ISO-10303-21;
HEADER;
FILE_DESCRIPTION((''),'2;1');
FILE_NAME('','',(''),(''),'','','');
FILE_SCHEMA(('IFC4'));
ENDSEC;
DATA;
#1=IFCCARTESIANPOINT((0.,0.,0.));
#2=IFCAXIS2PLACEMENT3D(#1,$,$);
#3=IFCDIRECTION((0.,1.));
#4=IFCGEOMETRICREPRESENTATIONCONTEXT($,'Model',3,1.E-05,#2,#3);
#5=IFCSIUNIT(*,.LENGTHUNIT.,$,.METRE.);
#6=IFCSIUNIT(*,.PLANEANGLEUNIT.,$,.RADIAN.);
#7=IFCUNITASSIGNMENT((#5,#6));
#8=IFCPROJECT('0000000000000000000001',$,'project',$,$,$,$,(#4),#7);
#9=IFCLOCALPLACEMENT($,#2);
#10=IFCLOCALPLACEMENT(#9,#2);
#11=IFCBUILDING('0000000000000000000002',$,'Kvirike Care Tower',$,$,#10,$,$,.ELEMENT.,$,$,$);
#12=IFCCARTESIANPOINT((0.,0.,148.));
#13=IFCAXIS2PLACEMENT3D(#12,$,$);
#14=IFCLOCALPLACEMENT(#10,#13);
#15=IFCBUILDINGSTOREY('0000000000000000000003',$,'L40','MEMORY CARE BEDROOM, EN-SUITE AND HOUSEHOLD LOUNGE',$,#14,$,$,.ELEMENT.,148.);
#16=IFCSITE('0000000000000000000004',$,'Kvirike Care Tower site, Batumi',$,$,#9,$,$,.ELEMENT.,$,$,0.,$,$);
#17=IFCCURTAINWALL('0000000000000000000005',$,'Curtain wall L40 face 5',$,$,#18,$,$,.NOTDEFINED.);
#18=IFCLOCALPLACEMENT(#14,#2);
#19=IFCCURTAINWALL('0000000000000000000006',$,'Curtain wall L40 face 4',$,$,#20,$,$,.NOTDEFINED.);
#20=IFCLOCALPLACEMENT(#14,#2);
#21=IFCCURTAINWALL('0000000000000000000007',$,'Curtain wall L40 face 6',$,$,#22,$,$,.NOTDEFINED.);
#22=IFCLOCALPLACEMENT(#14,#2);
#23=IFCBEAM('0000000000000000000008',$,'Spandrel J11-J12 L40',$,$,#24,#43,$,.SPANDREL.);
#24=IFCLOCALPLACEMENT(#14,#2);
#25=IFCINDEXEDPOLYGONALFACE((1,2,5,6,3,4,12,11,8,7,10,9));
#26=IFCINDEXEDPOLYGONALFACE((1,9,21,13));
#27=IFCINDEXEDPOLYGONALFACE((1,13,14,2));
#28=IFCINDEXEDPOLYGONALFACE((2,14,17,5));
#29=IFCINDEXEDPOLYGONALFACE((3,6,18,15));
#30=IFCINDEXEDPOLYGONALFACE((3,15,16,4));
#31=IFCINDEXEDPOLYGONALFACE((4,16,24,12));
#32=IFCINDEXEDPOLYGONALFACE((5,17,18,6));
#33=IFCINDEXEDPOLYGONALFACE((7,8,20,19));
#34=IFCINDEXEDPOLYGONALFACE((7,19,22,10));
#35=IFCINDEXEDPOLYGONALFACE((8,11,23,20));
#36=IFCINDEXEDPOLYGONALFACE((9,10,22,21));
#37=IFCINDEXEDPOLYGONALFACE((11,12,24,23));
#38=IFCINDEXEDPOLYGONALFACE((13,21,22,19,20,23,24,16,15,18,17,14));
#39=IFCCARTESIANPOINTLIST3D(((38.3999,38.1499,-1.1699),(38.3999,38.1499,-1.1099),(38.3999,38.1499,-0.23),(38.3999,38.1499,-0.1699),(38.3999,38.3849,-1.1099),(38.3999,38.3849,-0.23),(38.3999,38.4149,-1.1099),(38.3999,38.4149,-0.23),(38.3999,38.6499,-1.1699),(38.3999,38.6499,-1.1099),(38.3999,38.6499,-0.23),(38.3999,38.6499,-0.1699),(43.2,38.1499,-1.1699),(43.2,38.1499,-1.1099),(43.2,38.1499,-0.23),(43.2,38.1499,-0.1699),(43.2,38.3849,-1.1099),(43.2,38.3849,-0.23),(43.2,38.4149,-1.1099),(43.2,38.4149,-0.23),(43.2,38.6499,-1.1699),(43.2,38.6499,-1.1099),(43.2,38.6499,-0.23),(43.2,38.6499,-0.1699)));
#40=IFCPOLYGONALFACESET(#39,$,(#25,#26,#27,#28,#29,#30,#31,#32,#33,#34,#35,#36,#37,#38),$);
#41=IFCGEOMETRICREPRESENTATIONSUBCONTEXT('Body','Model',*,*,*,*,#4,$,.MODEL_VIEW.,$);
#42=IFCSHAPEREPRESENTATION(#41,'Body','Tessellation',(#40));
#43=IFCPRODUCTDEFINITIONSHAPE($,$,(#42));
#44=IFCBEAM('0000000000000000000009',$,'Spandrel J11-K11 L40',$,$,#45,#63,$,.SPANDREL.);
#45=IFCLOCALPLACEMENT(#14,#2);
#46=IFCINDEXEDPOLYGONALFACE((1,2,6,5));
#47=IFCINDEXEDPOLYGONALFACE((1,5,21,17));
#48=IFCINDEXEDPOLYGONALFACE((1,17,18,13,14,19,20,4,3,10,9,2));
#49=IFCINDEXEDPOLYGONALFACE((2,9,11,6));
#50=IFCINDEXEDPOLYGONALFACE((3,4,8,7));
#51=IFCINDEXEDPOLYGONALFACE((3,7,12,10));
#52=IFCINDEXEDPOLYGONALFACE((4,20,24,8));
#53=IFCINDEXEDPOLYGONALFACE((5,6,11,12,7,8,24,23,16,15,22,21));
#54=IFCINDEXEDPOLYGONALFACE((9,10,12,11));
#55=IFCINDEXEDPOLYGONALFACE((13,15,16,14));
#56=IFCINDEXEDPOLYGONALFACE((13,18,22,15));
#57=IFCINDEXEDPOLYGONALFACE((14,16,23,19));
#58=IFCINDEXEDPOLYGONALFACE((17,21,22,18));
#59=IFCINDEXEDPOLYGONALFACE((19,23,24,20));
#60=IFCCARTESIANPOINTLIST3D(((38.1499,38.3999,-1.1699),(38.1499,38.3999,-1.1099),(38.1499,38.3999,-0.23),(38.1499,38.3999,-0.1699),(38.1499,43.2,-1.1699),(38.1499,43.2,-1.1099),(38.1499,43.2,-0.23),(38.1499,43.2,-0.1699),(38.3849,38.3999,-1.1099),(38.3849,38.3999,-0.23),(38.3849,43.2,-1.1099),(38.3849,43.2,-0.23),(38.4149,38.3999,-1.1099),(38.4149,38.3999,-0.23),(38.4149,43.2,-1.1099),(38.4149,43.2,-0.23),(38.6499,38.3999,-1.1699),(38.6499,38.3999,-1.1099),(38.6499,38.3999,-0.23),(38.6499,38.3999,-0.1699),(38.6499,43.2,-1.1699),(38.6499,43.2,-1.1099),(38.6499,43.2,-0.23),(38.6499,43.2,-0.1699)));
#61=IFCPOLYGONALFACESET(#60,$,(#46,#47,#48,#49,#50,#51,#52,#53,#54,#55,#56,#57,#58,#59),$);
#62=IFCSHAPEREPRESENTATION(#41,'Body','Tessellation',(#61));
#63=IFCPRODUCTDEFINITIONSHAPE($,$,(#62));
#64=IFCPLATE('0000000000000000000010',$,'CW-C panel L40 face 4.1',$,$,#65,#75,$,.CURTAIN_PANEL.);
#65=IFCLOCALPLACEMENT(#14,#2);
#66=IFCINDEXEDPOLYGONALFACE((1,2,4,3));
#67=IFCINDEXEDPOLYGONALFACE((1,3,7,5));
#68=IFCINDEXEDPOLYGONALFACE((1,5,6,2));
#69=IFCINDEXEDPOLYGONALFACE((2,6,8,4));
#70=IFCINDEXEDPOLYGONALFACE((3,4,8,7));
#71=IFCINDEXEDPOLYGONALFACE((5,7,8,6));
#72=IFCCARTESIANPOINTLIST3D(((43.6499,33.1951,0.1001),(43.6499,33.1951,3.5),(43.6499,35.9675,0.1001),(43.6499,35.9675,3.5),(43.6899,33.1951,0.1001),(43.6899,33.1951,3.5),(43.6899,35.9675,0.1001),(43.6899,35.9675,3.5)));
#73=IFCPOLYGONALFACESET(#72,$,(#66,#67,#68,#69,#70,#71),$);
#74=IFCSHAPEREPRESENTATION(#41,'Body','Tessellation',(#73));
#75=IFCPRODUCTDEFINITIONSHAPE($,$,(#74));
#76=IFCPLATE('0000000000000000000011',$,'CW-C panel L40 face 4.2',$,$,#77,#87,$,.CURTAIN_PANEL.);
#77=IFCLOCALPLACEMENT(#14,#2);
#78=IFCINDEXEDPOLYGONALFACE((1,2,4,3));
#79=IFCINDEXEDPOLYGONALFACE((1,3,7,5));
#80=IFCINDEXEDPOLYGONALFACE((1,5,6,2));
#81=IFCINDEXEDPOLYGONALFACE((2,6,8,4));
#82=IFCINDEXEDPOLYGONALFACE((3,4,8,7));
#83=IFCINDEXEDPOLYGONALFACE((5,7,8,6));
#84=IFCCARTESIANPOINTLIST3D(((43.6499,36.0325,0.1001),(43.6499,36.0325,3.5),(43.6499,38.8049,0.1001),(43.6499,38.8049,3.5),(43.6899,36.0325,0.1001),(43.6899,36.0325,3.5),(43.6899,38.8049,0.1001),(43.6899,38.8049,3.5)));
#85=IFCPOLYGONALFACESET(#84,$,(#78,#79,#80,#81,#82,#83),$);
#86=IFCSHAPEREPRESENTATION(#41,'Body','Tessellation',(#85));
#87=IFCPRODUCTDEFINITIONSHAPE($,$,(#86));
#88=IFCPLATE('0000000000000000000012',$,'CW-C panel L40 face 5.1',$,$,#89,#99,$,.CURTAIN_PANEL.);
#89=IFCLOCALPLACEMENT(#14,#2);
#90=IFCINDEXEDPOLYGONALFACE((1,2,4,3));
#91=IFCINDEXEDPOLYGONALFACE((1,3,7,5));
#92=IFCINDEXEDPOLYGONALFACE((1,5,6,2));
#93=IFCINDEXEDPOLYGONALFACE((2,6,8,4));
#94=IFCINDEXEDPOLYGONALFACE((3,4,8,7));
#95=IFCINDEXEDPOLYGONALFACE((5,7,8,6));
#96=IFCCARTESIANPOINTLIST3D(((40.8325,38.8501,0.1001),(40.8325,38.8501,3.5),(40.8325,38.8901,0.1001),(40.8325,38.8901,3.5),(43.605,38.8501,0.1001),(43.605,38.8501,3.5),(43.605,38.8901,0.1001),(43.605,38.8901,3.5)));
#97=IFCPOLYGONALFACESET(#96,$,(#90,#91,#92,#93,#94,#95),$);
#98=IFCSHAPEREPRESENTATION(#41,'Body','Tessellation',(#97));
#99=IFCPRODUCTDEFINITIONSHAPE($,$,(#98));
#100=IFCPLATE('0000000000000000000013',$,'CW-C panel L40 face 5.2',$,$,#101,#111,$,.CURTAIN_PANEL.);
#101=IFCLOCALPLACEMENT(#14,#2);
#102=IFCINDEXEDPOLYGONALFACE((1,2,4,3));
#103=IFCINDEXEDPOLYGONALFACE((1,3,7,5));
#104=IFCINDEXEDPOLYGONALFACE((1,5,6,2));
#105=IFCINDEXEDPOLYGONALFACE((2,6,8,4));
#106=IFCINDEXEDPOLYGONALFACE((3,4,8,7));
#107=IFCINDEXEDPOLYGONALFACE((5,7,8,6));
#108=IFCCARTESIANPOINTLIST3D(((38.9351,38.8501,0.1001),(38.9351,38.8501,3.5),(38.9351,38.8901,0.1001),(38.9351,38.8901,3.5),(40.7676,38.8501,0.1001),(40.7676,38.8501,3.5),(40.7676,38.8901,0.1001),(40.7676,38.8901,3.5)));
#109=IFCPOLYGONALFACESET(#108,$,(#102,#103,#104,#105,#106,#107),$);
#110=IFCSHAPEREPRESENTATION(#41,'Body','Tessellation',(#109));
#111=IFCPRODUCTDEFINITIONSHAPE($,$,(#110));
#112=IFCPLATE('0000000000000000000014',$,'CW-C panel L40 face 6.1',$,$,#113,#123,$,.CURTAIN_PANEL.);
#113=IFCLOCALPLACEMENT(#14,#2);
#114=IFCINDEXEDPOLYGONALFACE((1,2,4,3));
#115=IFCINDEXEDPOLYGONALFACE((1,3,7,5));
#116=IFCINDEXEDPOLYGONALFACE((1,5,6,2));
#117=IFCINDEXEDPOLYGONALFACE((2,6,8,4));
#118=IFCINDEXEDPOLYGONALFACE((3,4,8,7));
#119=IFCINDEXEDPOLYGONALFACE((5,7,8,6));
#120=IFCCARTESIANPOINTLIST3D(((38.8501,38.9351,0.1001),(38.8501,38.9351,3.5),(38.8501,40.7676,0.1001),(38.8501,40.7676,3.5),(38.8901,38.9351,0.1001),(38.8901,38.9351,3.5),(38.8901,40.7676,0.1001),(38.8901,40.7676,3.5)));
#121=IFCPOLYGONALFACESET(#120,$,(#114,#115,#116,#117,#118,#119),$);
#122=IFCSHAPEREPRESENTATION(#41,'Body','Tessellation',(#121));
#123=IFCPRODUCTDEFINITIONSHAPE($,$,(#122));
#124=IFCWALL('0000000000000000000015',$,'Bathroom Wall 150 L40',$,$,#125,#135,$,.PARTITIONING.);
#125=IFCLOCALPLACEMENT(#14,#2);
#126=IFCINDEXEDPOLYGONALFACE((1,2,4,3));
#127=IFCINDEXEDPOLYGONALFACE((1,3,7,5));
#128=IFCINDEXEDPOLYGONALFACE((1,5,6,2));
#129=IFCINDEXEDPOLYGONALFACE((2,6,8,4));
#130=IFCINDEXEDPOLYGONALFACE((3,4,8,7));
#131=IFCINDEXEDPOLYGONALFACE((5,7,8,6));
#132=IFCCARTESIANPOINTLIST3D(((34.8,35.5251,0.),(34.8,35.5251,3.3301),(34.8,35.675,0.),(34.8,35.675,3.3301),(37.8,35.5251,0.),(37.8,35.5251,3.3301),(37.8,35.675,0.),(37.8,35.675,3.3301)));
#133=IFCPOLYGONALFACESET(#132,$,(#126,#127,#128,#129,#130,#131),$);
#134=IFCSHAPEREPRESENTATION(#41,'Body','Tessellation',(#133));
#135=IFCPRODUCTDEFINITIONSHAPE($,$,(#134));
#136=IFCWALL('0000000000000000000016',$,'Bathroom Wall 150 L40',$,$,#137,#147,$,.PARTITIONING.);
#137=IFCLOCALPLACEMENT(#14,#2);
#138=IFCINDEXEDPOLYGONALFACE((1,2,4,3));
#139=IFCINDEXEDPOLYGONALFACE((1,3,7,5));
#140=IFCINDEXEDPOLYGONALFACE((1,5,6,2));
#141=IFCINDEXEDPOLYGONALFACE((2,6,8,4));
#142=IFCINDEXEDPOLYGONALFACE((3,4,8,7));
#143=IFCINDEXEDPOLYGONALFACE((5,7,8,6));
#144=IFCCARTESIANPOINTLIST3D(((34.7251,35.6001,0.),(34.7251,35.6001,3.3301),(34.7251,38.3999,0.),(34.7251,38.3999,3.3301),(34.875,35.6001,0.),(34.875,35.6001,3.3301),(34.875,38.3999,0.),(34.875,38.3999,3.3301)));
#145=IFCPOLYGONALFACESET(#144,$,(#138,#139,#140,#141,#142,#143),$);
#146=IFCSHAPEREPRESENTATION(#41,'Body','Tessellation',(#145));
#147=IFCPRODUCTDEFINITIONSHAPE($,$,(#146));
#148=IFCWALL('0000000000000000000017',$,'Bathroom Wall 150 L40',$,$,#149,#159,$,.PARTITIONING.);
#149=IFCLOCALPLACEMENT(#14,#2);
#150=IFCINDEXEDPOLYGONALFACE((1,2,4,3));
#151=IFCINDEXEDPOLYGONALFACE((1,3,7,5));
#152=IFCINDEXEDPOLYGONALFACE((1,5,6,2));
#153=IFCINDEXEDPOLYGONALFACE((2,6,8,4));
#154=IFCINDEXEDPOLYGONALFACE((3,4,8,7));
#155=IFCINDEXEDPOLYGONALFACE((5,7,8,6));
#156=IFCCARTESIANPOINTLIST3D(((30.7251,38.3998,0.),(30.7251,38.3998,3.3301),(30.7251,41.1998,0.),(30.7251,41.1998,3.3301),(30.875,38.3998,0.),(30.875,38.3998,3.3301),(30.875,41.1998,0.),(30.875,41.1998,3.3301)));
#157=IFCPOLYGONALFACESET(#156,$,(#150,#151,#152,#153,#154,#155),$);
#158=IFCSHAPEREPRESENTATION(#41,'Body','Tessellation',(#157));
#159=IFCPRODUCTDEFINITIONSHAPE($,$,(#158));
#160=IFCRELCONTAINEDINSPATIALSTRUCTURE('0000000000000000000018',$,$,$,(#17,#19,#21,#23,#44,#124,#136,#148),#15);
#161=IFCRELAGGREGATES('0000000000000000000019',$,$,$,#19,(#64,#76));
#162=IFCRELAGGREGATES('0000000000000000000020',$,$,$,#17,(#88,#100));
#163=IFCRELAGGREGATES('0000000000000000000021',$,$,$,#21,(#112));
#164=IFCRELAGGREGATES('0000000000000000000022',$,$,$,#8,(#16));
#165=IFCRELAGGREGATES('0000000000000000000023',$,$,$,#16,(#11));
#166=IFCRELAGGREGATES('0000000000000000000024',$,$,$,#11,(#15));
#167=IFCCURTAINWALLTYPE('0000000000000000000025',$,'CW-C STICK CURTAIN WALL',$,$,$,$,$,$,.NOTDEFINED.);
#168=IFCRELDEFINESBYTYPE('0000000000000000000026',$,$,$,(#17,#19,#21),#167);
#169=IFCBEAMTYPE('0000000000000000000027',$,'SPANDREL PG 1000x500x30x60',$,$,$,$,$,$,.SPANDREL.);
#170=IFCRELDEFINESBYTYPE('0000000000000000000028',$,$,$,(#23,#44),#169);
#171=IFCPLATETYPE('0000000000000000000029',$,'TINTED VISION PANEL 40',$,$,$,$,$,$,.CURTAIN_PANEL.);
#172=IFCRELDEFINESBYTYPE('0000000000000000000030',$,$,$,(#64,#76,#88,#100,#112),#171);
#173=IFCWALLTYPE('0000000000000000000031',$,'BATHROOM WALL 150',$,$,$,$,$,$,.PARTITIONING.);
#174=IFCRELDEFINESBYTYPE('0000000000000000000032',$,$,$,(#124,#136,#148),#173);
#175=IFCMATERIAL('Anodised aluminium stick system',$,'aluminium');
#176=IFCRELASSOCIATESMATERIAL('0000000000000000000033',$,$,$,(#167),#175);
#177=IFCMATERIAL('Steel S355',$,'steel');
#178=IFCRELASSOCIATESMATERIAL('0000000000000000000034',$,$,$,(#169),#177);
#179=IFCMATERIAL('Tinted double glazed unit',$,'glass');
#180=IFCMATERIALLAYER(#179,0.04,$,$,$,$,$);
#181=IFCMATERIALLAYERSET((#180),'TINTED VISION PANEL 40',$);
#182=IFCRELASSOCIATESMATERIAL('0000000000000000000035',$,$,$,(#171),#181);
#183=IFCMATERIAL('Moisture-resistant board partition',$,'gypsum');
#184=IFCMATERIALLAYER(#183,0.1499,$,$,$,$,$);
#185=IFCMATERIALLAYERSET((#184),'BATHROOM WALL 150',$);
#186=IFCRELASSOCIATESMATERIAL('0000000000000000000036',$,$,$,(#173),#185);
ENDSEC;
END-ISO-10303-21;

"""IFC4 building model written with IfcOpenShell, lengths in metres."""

from ifc_helpers import new_model, si_unit, direction, frame, frame_2d, origin, origin_2d, place, context, subcontext, project, spatial, rectangle, i_section, extrude, material, layer, layer_set, material_profile, profile_set, type_object, element, aggregate, save


model = new_model("IFC4")

# Units and contexts
model_context = context("Model", 3, precision=1e-05, world=origin(), true_north=direction((0.0, 1.0)))
body_context = subcontext(model_context, "Body", "Model", "MODEL_VIEW")
ifc_project = project(units=[si_unit("LENGTHUNIT", "METRE"), si_unit("PLANEANGLEUNIT", "RADIAN")], contexts=[model_context])

# Site, building, storey
site_placement = place(None, origin())
site = spatial("IfcSite", under=ifc_project, at=site_placement, Name="Kvirike Care Tower site, Batumi", CompositionType="ELEMENT", RefElevation=0.0)
building_placement = place(site_placement, origin())
building = spatial("IfcBuilding", under=site, at=building_placement, Name="Kvirike Care Tower", CompositionType="ELEMENT")
storey_placement = place(building_placement, frame((0.0, 0.0, 148.0)))
storey = spatial("IfcBuildingStorey", under=building, at=storey_placement, Name="L40", Description="MEMORY CARE BEDROOM, EN-SUITE AND HOUSEHOLD LOUNGE", CompositionType="ELEMENT", Elevation=148.0)

# Curtain wall
ifc_material_1 = material(Name="Anodised aluminium stick system", Category="aluminium")
curtain_wall_type = type_object("IfcCurtainWallType", Name="CW-C STICK CURTAIN WALL", PredefinedType="NOTDEFINED", material=ifc_material_1)
curtain_wall_1_placement = place(storey_placement, origin())
curtain_wall_1 = element("IfcCurtainWall", 1, at=curtain_wall_1_placement, inside=storey, type_object=curtain_wall_type, Name="Curtain wall L40 face 5", PredefinedType="NOTDEFINED")

# Curtain wall
curtain_wall_2_placement = place(storey_placement, origin())
curtain_wall_2 = element("IfcCurtainWall", 2, at=curtain_wall_2_placement, inside=storey, type_object=curtain_wall_type, Name="Curtain wall L40 face 4", PredefinedType="NOTDEFINED")

# Curtain wall
curtain_wall_3_placement = place(storey_placement, origin())
curtain_wall_3 = element("IfcCurtainWall", 3, at=curtain_wall_3_placement, inside=storey, type_object=curtain_wall_type, Name="Curtain wall L40 face 6", PredefinedType="NOTDEFINED")

# Beams
ifc_material_2 = material(Name="Steel S355", Category="steel")
ifc_material_profile_1 = material_profile(ifc_material_2, i_section(OverallWidth=0.5, OverallDepth=1.0, WebThickness=0.03, FlangeThickness=0.0601, at=origin_2d()), Name="PG 1000x500x30x60")
ifc_profile_set_1 = profile_set([ifc_material_profile_1], Name="Steel S355")
beam_type = type_object("IfcBeamType", Name="SPANDREL PG 1000x500x30x60", PredefinedType="SPANDREL", material=ifc_profile_set_1)
for number, where, z_axis, x_axis, name in (
    (4, (38.3999, 38.3999, -0.6699), (1.0, 0.0, 0.0), (0.0, 1.0, 0.0), "Spandrel J11-J12 L40"),
    (5, (38.3999, 38.3999, -0.6699), (0.0, 1.0, 0.0), (-1.0, 0.0, 0.0), "Spandrel J11-K11 L40"),
):
    element("IfcBeam", number, at=place(storey_placement, frame(where, z_axis=z_axis, x_axis=x_axis)), inside=storey, type_object=beam_type, Name=name, PredefinedType="SPANDREL", context=body_context, shape_type="SweptSolid", body=[
        extrude(i_section(OverallWidth=0.5, OverallDepth=1.0, WebThickness=0.03, FlangeThickness=0.0601, at=origin_2d()), origin(), (0.0, 0.0, 1.0), 4.8),
    ])

# Plates
ifc_material_3 = material(Name="Tinted double glazed unit", Category="glass")
ifc_layer_1 = layer(ifc_material_3, 0.04)
ifc_layer_set_1 = layer_set([ifc_layer_1], Name="TINTED VISION PANEL 40")
plate_type = type_object("IfcPlateType", Name="TINTED VISION PANEL 40", PredefinedType="CURTAIN_PANEL", material=ifc_layer_set_1)
plate_1_placement = place(storey_placement, frame((43.6699, 34.5813, 0.1001), z_axis=(0.0, 0.0, 1.0), x_axis=(0.0, 1.0, 0.0)))
plate_1 = element("IfcPlate", 6, at=plate_1_placement, type_object=plate_type, Name="CW-C panel L40 face 4.1", PredefinedType="CURTAIN_PANEL", context=body_context, shape_type="SweptSolid", body=[
    extrude(rectangle(XDim=2.7725, YDim=0.04, at=origin_2d()), origin(), (0.0, 0.0, 1.0), 3.3999),
])
plate_2_placement = place(storey_placement, frame((43.6699, 37.4187, 0.1001), z_axis=(0.0, 0.0, 1.0), x_axis=(0.0, 1.0, 0.0)))
plate_2 = element("IfcPlate", 7, at=plate_2_placement, type_object=plate_type, Name="CW-C panel L40 face 4.2", PredefinedType="CURTAIN_PANEL", context=body_context, shape_type="SweptSolid", body=[
    extrude(rectangle(XDim=2.7725, YDim=0.04, at=origin_2d()), origin(), (0.0, 0.0, 1.0), 3.3999),
])
aggregate(curtain_wall_2, [plate_1, plate_2])
plate_3_placement = place(storey_placement, frame((42.2188, 38.8701, 0.1001), z_axis=(0.0, 0.0, 1.0), x_axis=(-1.0, 0.0, 0.0)))
plate_3 = element("IfcPlate", 8, at=plate_3_placement, type_object=plate_type, Name="CW-C panel L40 face 5.1", PredefinedType="CURTAIN_PANEL", context=body_context, shape_type="SweptSolid", body=[
    extrude(rectangle(XDim=2.7725, YDim=0.04, at=origin_2d()), origin(), (0.0, 0.0, 1.0), 3.3999),
])
plate_4_placement = place(storey_placement, frame((39.8513, 38.8701, 0.1001), z_axis=(0.0, 0.0, 1.0), x_axis=(-1.0, 0.0, 0.0)))
plate_4 = element("IfcPlate", 9, at=plate_4_placement, type_object=plate_type, Name="CW-C panel L40 face 5.2", PredefinedType="CURTAIN_PANEL", context=body_context, shape_type="SweptSolid", body=[
    extrude(rectangle(XDim=1.8325, YDim=0.04, at=origin_2d()), origin(), (0.0, 0.0, 1.0), 3.3999),
])
aggregate(curtain_wall_1, [plate_3, plate_4])
plate_5_placement = place(storey_placement, frame((38.8701, 39.8513, 0.1001), z_axis=(0.0, 0.0, 1.0), x_axis=(0.0, 1.0, 0.0)))
plate_5 = element("IfcPlate", 10, at=plate_5_placement, type_object=plate_type, Name="CW-C panel L40 face 6.1", PredefinedType="CURTAIN_PANEL", context=body_context, shape_type="SweptSolid", body=[
    extrude(rectangle(XDim=1.8325, YDim=0.04, at=origin_2d()), origin(), (0.0, 0.0, 1.0), 3.3999),
])
aggregate(curtain_wall_3, [plate_5])

# Walls
ifc_material_4 = material(Name="Moisture-resistant board partition", Category="gypsum")
ifc_layer_2 = layer(ifc_material_4, 0.1499)
ifc_layer_set_2 = layer_set([ifc_layer_2], Name="BATHROOM WALL 150")
wall_type_1 = type_object("IfcWallType", Name="BATHROOM WALL 150", PredefinedType="PARTITIONING", material=ifc_layer_set_2)
wall_1_placement = place(storey_placement, frame((37.8, 35.6001, 0.0), z_axis=(0.0, 0.0, 1.0), x_axis=(-1.0, 0.0, 0.0)))
element("IfcWall", 11, at=wall_1_placement, inside=storey, type_object=wall_type_1, Name="Bathroom Wall 150 L40", PredefinedType="PARTITIONING", context=body_context, shape_type="SweptSolid", body=[
    extrude(rectangle(XDim=3.0, YDim=0.1499, at=frame_2d((1.5, 0.0))), origin(), (0.0, 0.0, 1.0), 3.3301),
])
wall_2_placement = place(storey_placement, frame((34.8, 35.6001, 0.0), z_axis=(0.0, 0.0, 1.0), x_axis=(0.0, 1.0, 0.0)))
element("IfcWall", 12, at=wall_2_placement, inside=storey, type_object=wall_type_1, Name="Bathroom Wall 150 L40", PredefinedType="PARTITIONING", context=body_context, shape_type="SweptSolid", body=[
    extrude(rectangle(XDim=2.7998, YDim=0.1499, at=frame_2d((1.3999, 0.0))), origin(), (0.0, 0.0, 1.0), 3.3301),
])
wall_3_placement = place(storey_placement, frame((30.8, 38.3999, 0.0), z_axis=(0.0, 0.0, 1.0), x_axis=(0.0, 1.0, 0.0)))
element("IfcWall", 13, at=wall_3_placement, inside=storey, type_object=wall_type_1, Name="Bathroom Wall 150 L40", PredefinedType="PARTITIONING", context=body_context, shape_type="SweptSolid", body=[
    extrude(rectangle(XDim=2.8, YDim=0.1499, at=frame_2d((1.3999, 0.0))), origin(), (0.0, 0.0, 1.0), 3.3301),
])

save(model, "model.ifc")
